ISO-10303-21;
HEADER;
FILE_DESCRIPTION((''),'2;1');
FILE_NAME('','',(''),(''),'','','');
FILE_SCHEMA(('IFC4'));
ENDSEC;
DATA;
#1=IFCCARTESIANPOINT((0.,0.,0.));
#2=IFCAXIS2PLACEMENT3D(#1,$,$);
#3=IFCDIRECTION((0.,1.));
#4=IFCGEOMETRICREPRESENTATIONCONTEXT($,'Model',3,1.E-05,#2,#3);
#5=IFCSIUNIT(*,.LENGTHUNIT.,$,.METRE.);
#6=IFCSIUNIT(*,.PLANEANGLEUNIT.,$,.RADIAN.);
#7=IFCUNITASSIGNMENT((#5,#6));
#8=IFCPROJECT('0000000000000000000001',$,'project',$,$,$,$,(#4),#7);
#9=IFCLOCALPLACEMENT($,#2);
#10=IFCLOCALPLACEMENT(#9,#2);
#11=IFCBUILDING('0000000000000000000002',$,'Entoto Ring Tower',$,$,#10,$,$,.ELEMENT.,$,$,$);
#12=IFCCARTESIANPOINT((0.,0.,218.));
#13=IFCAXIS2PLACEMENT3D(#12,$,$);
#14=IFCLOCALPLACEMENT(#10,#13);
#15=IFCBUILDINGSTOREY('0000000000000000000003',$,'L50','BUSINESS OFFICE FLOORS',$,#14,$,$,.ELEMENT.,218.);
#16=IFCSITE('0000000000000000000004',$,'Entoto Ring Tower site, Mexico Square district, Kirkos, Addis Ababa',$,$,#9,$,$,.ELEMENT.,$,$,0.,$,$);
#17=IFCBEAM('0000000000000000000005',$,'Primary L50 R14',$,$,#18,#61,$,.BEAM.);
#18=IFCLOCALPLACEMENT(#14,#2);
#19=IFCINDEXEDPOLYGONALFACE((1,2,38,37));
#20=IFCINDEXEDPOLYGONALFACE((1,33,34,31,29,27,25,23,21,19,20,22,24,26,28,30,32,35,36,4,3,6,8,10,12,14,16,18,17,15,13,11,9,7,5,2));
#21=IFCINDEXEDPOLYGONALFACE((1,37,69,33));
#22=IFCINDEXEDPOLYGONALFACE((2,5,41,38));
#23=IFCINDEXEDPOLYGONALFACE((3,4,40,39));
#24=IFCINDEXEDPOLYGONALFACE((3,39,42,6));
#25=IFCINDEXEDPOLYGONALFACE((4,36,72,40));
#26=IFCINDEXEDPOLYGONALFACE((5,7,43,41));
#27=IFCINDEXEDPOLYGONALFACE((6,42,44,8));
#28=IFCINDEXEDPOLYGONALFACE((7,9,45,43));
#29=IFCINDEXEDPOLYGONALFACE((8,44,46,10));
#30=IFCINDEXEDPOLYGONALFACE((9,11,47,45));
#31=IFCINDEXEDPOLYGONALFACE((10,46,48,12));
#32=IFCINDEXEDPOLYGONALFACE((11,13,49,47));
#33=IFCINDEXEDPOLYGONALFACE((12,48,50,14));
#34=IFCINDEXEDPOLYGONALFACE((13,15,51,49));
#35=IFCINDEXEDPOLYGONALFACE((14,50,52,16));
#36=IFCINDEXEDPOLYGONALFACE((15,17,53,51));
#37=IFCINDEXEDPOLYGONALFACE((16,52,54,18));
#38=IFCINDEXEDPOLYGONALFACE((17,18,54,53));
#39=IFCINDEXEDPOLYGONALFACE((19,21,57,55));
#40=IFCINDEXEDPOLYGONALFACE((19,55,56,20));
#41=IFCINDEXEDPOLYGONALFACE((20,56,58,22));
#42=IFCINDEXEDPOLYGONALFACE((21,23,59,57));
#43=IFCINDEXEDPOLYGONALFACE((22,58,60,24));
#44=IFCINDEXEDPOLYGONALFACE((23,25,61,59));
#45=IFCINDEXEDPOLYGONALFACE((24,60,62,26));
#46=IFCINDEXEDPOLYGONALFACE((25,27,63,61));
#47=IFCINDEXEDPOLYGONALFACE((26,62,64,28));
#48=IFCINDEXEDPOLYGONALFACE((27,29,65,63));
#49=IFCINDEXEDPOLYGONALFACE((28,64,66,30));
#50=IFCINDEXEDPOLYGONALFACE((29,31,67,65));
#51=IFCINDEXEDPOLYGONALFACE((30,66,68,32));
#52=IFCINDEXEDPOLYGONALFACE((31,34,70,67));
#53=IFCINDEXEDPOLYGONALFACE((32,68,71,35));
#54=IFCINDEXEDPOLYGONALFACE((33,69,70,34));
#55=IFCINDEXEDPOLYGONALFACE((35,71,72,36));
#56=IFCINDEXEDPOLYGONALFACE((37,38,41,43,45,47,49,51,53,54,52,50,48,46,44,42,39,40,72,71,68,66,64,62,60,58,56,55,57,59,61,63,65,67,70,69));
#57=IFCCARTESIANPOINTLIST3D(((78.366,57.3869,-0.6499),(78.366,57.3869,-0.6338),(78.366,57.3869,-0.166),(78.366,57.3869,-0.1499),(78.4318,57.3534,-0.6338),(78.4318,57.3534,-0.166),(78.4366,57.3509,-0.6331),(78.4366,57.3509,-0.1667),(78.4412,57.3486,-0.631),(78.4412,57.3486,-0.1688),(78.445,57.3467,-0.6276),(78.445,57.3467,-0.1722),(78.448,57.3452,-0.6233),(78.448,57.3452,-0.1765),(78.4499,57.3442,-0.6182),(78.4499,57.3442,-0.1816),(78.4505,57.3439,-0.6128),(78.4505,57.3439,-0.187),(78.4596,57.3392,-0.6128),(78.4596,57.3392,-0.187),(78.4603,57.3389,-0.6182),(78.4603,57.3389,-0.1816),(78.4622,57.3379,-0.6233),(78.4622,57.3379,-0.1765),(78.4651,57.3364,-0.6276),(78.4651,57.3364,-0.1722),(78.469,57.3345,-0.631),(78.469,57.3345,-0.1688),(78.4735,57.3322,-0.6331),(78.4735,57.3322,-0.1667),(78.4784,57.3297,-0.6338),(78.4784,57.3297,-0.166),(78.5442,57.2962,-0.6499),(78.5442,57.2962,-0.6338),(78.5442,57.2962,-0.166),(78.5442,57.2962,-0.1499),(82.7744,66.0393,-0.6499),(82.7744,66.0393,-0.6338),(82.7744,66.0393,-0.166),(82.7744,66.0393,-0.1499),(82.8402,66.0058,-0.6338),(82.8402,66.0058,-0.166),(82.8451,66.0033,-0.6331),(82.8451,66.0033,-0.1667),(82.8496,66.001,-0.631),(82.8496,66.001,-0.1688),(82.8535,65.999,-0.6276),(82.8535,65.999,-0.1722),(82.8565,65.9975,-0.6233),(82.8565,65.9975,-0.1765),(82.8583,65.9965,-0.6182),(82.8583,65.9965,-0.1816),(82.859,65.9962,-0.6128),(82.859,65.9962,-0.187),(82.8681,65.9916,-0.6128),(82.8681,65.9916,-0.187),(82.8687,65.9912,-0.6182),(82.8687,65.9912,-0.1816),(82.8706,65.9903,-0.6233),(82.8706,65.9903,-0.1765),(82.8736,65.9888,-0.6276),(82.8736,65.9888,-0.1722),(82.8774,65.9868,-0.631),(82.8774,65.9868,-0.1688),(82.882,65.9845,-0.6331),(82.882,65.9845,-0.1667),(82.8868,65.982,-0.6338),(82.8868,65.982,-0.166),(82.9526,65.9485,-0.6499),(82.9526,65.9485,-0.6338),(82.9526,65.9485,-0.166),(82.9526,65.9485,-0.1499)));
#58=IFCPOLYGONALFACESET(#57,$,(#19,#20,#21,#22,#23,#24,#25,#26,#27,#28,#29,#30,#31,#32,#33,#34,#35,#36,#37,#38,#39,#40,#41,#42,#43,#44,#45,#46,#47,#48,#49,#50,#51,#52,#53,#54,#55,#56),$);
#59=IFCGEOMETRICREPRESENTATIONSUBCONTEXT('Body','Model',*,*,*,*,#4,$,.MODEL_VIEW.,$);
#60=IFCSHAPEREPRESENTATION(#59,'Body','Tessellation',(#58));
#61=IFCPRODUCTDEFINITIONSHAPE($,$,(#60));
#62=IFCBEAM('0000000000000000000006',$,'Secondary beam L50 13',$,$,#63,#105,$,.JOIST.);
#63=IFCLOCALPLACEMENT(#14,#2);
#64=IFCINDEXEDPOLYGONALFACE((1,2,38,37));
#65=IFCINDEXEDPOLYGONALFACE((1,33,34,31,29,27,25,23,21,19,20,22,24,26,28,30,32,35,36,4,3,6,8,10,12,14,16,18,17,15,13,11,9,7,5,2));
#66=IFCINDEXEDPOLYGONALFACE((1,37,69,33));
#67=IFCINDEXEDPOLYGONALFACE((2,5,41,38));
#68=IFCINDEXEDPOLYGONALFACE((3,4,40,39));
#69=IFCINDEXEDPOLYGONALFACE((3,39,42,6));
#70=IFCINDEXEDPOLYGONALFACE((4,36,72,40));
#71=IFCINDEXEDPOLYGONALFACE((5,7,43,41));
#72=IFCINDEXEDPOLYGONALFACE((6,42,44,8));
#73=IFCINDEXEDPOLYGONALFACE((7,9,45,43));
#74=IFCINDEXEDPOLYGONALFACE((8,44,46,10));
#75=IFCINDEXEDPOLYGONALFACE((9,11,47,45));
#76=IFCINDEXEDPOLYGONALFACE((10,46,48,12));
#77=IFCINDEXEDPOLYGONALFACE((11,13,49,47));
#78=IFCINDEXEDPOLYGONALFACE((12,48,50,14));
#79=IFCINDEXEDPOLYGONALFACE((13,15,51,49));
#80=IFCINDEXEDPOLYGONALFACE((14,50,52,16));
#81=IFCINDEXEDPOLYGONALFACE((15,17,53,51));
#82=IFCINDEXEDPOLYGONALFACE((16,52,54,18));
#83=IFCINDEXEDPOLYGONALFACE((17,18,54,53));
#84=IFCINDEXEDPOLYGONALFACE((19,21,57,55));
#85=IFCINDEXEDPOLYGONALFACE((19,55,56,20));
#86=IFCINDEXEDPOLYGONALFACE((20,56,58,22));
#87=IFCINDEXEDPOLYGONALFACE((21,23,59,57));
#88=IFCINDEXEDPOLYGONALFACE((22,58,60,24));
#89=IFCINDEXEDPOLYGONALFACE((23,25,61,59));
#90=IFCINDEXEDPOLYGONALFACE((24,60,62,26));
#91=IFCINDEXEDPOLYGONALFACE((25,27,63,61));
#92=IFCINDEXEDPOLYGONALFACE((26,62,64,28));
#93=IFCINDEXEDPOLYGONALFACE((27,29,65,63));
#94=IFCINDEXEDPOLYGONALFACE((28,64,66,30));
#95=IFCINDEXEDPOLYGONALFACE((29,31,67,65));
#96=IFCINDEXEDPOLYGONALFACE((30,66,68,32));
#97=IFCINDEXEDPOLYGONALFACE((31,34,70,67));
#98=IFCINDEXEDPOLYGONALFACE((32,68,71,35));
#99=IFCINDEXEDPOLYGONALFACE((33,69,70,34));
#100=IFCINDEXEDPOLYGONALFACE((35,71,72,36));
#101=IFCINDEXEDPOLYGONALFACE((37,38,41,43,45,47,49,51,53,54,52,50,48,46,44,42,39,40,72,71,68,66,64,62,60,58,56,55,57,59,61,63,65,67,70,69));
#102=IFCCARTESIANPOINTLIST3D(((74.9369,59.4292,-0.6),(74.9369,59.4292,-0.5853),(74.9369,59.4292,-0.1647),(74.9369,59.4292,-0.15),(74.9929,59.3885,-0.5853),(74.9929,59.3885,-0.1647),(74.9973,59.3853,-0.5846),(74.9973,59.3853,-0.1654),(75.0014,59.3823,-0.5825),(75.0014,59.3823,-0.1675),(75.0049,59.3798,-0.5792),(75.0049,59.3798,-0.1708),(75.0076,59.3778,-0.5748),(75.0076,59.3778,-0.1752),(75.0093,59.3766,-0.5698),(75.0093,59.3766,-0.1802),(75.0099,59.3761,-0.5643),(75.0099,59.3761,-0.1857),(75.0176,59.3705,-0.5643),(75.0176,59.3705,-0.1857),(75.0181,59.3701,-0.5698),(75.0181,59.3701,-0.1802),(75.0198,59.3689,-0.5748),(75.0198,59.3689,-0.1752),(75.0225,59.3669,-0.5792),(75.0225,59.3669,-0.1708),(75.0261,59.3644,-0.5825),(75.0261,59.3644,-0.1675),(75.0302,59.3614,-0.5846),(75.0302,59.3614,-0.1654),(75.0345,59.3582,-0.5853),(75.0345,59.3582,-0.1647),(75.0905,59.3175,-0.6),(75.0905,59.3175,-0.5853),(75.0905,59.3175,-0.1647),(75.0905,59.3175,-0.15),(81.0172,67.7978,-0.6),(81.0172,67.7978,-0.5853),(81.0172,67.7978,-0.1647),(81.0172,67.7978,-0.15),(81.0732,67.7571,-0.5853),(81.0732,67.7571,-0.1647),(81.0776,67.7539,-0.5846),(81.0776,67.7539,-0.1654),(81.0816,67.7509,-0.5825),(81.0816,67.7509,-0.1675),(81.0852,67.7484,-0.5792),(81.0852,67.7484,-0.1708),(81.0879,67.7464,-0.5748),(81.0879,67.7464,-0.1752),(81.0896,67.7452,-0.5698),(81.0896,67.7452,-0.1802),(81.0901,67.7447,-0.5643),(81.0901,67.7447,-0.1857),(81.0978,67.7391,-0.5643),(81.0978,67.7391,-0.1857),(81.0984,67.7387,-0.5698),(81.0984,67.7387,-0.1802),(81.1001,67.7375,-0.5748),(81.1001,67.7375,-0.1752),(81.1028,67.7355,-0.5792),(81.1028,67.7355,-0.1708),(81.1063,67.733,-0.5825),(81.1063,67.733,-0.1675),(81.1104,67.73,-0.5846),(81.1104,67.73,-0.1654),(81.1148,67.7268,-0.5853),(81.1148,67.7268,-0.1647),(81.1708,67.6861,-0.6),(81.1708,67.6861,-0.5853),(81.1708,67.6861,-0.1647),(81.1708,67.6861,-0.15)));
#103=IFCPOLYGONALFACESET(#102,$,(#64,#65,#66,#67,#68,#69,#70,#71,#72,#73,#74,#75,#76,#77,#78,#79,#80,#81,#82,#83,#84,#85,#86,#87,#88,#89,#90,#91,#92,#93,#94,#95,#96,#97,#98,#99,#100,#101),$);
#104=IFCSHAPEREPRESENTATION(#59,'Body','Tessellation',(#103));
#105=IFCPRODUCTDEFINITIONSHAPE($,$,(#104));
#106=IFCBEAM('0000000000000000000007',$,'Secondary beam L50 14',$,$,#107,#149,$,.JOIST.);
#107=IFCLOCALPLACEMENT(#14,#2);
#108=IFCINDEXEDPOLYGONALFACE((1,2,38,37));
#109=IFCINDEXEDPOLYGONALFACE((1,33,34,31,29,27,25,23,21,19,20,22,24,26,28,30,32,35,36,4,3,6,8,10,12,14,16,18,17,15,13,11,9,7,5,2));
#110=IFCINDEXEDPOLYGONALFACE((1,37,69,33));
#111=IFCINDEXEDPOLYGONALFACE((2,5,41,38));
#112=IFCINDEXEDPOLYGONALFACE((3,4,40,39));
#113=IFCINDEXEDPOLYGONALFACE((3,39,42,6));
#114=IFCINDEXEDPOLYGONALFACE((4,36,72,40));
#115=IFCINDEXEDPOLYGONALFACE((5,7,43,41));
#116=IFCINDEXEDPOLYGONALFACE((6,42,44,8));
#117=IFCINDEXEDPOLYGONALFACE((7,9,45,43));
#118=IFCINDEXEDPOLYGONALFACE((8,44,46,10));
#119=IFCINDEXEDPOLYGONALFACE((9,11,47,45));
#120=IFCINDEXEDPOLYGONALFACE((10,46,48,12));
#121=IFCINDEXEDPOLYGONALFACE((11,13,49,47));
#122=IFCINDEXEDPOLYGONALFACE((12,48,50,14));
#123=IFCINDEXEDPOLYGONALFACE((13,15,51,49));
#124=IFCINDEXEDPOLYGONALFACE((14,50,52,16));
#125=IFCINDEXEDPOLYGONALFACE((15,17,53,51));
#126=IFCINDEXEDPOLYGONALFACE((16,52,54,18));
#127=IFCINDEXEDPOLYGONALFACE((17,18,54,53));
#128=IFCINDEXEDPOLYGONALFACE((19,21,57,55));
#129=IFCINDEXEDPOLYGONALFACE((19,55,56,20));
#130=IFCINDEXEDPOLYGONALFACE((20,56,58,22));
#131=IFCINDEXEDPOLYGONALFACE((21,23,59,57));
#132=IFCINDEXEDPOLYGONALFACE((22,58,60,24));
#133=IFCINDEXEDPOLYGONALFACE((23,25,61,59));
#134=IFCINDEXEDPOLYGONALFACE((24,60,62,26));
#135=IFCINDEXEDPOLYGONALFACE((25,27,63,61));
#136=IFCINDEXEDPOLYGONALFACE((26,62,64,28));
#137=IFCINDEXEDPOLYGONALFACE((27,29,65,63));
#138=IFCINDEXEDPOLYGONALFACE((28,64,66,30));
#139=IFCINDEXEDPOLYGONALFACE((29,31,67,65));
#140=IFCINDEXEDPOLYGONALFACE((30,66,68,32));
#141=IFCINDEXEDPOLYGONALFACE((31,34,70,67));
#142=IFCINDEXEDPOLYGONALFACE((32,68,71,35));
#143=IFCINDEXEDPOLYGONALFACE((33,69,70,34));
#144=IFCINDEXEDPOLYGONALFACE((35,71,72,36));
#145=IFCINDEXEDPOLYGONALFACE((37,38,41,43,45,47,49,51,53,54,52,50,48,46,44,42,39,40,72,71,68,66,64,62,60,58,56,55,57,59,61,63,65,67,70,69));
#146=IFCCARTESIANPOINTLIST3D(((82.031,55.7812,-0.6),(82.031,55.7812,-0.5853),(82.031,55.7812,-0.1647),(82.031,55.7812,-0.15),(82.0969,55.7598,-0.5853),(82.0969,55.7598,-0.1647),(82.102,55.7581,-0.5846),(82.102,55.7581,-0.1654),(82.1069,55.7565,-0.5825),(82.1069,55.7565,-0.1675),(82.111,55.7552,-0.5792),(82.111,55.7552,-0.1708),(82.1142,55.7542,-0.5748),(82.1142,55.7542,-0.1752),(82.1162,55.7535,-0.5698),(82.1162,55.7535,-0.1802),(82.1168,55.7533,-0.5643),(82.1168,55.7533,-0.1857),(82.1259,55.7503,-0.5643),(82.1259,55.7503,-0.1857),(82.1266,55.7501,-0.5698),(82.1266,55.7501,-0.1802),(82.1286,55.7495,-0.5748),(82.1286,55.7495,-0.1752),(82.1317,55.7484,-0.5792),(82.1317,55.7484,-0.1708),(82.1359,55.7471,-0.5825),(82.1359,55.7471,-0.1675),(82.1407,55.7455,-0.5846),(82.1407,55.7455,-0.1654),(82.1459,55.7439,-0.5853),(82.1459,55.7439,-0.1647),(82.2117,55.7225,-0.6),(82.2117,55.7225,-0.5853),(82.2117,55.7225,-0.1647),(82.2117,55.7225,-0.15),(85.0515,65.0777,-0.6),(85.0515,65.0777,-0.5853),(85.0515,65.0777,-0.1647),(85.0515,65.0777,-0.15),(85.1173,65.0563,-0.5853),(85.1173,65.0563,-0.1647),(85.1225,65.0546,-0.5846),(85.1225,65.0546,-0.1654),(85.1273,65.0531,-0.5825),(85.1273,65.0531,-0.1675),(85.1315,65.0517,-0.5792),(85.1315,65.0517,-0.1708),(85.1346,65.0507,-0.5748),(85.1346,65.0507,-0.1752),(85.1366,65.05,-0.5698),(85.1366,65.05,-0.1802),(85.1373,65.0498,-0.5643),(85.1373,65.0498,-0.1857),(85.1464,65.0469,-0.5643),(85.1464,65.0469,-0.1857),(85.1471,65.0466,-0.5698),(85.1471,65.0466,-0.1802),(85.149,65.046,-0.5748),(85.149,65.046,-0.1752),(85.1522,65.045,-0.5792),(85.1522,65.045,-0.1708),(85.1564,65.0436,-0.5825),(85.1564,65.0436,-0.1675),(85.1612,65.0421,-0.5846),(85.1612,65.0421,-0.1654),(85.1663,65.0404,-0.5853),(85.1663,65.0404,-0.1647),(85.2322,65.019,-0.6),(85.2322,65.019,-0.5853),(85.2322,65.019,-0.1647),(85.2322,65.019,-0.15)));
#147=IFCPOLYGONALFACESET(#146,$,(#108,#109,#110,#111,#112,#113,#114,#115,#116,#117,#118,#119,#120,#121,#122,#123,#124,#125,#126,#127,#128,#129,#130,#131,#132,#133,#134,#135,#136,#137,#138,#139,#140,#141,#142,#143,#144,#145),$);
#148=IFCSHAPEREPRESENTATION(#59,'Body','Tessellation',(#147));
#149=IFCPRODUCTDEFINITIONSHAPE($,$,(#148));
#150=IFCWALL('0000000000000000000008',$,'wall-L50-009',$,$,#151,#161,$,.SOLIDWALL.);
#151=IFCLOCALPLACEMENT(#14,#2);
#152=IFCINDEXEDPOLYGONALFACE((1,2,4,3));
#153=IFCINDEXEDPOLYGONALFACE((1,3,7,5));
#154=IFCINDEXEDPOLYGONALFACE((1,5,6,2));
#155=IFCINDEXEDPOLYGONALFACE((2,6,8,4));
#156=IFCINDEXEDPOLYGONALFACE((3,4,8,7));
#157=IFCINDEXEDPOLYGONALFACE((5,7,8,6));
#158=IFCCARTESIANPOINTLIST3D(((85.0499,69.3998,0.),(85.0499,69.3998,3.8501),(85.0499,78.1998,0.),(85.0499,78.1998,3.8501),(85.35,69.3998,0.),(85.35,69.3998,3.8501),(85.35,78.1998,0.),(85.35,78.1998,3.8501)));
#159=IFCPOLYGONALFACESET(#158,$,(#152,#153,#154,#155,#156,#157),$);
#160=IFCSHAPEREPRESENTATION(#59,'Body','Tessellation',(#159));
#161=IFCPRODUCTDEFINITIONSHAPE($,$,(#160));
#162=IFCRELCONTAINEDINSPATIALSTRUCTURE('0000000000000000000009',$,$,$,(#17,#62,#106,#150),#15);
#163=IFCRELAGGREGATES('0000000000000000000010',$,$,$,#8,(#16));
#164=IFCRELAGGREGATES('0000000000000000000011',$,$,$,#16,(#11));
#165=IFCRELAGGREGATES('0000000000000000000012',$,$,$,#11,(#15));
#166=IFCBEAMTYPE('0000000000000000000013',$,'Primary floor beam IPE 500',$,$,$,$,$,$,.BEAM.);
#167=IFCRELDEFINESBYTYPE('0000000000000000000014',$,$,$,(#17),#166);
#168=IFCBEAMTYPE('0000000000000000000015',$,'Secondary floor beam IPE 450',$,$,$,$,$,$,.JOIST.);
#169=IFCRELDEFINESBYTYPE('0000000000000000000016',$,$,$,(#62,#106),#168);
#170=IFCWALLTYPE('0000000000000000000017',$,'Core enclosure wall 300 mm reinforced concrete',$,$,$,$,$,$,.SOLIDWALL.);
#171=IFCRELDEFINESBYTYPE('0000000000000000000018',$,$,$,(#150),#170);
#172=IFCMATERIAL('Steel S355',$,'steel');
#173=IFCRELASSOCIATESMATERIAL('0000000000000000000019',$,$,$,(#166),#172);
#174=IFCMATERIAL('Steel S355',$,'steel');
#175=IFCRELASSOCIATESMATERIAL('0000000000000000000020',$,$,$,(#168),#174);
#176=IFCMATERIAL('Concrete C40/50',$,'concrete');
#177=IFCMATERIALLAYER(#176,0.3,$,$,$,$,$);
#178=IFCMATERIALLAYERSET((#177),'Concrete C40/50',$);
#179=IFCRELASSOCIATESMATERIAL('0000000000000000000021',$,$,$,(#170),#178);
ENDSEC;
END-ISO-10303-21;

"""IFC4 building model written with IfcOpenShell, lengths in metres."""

from ifc_helpers import new_model, si_unit, direction, frame, frame_2d, origin, origin_2d, place, context, subcontext, project, spatial, rectangle, i_section, extrude, material, layer, layer_set, material_profile, profile_set, type_object, element, save


model = new_model("IFC4")

# Units and contexts
model_context = context("Model", 3, precision=1e-05, world=origin(), true_north=direction((0.0, 1.0)))
body_context = subcontext(model_context, "Body", "Model", "MODEL_VIEW")
ifc_project = project(units=[si_unit("LENGTHUNIT", "METRE"), si_unit("PLANEANGLEUNIT", "RADIAN")], contexts=[model_context])

# Site, building, storey
site_placement = place(None, origin())
site = spatial("IfcSite", under=ifc_project, at=site_placement, Name="Entoto Ring Tower site, Mexico Square district, Kirkos, Addis Ababa", CompositionType="ELEMENT", RefElevation=0.0)
building_placement = place(site_placement, origin())
building = spatial("IfcBuilding", under=site, at=building_placement, Name="Entoto Ring Tower", CompositionType="ELEMENT")
storey_placement = place(building_placement, frame((0.0, 0.0, 218.0)))
storey = spatial("IfcBuildingStorey", under=building, at=storey_placement, Name="L50", Description="BUSINESS OFFICE FLOORS", CompositionType="ELEMENT", Elevation=218.0)

# Beams
ifc_material_1 = material(Name="Steel S355", Category="steel")
ifc_material_profile_1 = material_profile(ifc_material_1, i_section(OverallWidth=0.2, OverallDepth=0.5, WebThickness=0.0103, FlangeThickness=0.0161, FilletRadius=0.021, at=origin_2d()), Name="IPE 500")
ifc_profile_set_1 = profile_set([ifc_material_profile_1], Name="Steel S355")
beam_type_1 = type_object("IfcBeamType", Name="Primary floor beam IPE 500", PredefinedType="BEAM", material=ifc_profile_set_1)
beam_1_placement = place(storey_placement, frame((82.8635, 65.9939, -0.3999), z_axis=(-0.453979, -0.891012, 0.0), x_axis=(0.891012, -0.453979, 0.0)))
element("IfcBeam", 1, at=beam_1_placement, inside=storey, type_object=beam_type_1, Name="Primary L50 R14", PredefinedType="BEAM", context=body_context, shape_type="SweptSolid", body=[
    extrude(i_section(OverallWidth=0.2, OverallDepth=0.5, WebThickness=0.0103, FlangeThickness=0.0161, FilletRadius=0.021, at=origin_2d()), origin(), (0.0, 0.0, 1.0), 9.7107),
])
ifc_material_2 = material(Name="Steel S355", Category="steel")
ifc_material_profile_2 = material_profile(ifc_material_2, i_section(OverallWidth=0.1899, OverallDepth=0.45, WebThickness=0.0095, FlangeThickness=0.0146, FilletRadius=0.021, at=origin_2d()), Name="IPE 450")
ifc_profile_set_2 = profile_set([ifc_material_profile_2], Name="Steel S355")
beam_type_2 = type_object("IfcBeamType", Name="Secondary floor beam IPE 450", PredefinedType="JOIST", material=ifc_profile_set_2)
beam_2_placement = place(storey_placement, frame((81.094, 67.7419, -0.375), z_axis=(-0.587794, -0.809011, 0.0), x_axis=(0.809011, -0.587794, 0.0)))
element("IfcBeam", 2, at=beam_2_placement, inside=storey, type_object=beam_type_2, Name="Secondary beam L50 13", PredefinedType="JOIST", context=body_context, shape_type="SweptSolid", body=[
    extrude(i_section(OverallWidth=0.1899, OverallDepth=0.45, WebThickness=0.0095, FlangeThickness=0.0146, FilletRadius=0.021, at=origin_2d()), origin(), (0.0, 0.0, 1.0), 10.3442),
])
beam_3_placement = place(storey_placement, frame((85.1418, 65.0483, -0.375), z_axis=(-0.309003, -0.951061, 0.0), x_axis=(0.951061, -0.309003, 0.0)))
element("IfcBeam", 3, at=beam_3_placement, inside=storey, type_object=beam_type_2, Name="Secondary beam L50 14", PredefinedType="JOIST", context=body_context, shape_type="SweptSolid", body=[
    extrude(i_section(OverallWidth=0.1899, OverallDepth=0.45, WebThickness=0.0095, FlangeThickness=0.0146, FilletRadius=0.021, at=origin_2d()), origin(), (0.0, 0.0, 1.0), 9.7749),
])

# Wall
ifc_material_3 = material(Name="Concrete C40/50", Category="concrete")
ifc_layer_1 = layer(ifc_material_3, 0.3)
ifc_layer_set_1 = layer_set([ifc_layer_1], Name="Concrete C40/50")
wall_type_1 = type_object("IfcWallType", Name="Core enclosure wall 300 mm reinforced concrete", PredefinedType="SOLIDWALL", material=ifc_layer_set_1)
wall_1_placement = place(storey_placement, frame((85.2, 69.3999, 0.0), z_axis=(0.0, 0.0, 1.0), x_axis=(0.0, 1.0, 0.0)))
element("IfcWall", 4, at=wall_1_placement, inside=storey, type_object=wall_type_1, Name="wall-L50-009", PredefinedType="SOLIDWALL", context=body_context, shape_type="SweptSolid", body=[
    extrude(rectangle(XDim=8.8, YDim=0.3, at=frame_2d((4.3999, 0.0))), origin(), (0.0, 0.0, 1.0), 3.8501),
])

save(model, "model.ifc")
